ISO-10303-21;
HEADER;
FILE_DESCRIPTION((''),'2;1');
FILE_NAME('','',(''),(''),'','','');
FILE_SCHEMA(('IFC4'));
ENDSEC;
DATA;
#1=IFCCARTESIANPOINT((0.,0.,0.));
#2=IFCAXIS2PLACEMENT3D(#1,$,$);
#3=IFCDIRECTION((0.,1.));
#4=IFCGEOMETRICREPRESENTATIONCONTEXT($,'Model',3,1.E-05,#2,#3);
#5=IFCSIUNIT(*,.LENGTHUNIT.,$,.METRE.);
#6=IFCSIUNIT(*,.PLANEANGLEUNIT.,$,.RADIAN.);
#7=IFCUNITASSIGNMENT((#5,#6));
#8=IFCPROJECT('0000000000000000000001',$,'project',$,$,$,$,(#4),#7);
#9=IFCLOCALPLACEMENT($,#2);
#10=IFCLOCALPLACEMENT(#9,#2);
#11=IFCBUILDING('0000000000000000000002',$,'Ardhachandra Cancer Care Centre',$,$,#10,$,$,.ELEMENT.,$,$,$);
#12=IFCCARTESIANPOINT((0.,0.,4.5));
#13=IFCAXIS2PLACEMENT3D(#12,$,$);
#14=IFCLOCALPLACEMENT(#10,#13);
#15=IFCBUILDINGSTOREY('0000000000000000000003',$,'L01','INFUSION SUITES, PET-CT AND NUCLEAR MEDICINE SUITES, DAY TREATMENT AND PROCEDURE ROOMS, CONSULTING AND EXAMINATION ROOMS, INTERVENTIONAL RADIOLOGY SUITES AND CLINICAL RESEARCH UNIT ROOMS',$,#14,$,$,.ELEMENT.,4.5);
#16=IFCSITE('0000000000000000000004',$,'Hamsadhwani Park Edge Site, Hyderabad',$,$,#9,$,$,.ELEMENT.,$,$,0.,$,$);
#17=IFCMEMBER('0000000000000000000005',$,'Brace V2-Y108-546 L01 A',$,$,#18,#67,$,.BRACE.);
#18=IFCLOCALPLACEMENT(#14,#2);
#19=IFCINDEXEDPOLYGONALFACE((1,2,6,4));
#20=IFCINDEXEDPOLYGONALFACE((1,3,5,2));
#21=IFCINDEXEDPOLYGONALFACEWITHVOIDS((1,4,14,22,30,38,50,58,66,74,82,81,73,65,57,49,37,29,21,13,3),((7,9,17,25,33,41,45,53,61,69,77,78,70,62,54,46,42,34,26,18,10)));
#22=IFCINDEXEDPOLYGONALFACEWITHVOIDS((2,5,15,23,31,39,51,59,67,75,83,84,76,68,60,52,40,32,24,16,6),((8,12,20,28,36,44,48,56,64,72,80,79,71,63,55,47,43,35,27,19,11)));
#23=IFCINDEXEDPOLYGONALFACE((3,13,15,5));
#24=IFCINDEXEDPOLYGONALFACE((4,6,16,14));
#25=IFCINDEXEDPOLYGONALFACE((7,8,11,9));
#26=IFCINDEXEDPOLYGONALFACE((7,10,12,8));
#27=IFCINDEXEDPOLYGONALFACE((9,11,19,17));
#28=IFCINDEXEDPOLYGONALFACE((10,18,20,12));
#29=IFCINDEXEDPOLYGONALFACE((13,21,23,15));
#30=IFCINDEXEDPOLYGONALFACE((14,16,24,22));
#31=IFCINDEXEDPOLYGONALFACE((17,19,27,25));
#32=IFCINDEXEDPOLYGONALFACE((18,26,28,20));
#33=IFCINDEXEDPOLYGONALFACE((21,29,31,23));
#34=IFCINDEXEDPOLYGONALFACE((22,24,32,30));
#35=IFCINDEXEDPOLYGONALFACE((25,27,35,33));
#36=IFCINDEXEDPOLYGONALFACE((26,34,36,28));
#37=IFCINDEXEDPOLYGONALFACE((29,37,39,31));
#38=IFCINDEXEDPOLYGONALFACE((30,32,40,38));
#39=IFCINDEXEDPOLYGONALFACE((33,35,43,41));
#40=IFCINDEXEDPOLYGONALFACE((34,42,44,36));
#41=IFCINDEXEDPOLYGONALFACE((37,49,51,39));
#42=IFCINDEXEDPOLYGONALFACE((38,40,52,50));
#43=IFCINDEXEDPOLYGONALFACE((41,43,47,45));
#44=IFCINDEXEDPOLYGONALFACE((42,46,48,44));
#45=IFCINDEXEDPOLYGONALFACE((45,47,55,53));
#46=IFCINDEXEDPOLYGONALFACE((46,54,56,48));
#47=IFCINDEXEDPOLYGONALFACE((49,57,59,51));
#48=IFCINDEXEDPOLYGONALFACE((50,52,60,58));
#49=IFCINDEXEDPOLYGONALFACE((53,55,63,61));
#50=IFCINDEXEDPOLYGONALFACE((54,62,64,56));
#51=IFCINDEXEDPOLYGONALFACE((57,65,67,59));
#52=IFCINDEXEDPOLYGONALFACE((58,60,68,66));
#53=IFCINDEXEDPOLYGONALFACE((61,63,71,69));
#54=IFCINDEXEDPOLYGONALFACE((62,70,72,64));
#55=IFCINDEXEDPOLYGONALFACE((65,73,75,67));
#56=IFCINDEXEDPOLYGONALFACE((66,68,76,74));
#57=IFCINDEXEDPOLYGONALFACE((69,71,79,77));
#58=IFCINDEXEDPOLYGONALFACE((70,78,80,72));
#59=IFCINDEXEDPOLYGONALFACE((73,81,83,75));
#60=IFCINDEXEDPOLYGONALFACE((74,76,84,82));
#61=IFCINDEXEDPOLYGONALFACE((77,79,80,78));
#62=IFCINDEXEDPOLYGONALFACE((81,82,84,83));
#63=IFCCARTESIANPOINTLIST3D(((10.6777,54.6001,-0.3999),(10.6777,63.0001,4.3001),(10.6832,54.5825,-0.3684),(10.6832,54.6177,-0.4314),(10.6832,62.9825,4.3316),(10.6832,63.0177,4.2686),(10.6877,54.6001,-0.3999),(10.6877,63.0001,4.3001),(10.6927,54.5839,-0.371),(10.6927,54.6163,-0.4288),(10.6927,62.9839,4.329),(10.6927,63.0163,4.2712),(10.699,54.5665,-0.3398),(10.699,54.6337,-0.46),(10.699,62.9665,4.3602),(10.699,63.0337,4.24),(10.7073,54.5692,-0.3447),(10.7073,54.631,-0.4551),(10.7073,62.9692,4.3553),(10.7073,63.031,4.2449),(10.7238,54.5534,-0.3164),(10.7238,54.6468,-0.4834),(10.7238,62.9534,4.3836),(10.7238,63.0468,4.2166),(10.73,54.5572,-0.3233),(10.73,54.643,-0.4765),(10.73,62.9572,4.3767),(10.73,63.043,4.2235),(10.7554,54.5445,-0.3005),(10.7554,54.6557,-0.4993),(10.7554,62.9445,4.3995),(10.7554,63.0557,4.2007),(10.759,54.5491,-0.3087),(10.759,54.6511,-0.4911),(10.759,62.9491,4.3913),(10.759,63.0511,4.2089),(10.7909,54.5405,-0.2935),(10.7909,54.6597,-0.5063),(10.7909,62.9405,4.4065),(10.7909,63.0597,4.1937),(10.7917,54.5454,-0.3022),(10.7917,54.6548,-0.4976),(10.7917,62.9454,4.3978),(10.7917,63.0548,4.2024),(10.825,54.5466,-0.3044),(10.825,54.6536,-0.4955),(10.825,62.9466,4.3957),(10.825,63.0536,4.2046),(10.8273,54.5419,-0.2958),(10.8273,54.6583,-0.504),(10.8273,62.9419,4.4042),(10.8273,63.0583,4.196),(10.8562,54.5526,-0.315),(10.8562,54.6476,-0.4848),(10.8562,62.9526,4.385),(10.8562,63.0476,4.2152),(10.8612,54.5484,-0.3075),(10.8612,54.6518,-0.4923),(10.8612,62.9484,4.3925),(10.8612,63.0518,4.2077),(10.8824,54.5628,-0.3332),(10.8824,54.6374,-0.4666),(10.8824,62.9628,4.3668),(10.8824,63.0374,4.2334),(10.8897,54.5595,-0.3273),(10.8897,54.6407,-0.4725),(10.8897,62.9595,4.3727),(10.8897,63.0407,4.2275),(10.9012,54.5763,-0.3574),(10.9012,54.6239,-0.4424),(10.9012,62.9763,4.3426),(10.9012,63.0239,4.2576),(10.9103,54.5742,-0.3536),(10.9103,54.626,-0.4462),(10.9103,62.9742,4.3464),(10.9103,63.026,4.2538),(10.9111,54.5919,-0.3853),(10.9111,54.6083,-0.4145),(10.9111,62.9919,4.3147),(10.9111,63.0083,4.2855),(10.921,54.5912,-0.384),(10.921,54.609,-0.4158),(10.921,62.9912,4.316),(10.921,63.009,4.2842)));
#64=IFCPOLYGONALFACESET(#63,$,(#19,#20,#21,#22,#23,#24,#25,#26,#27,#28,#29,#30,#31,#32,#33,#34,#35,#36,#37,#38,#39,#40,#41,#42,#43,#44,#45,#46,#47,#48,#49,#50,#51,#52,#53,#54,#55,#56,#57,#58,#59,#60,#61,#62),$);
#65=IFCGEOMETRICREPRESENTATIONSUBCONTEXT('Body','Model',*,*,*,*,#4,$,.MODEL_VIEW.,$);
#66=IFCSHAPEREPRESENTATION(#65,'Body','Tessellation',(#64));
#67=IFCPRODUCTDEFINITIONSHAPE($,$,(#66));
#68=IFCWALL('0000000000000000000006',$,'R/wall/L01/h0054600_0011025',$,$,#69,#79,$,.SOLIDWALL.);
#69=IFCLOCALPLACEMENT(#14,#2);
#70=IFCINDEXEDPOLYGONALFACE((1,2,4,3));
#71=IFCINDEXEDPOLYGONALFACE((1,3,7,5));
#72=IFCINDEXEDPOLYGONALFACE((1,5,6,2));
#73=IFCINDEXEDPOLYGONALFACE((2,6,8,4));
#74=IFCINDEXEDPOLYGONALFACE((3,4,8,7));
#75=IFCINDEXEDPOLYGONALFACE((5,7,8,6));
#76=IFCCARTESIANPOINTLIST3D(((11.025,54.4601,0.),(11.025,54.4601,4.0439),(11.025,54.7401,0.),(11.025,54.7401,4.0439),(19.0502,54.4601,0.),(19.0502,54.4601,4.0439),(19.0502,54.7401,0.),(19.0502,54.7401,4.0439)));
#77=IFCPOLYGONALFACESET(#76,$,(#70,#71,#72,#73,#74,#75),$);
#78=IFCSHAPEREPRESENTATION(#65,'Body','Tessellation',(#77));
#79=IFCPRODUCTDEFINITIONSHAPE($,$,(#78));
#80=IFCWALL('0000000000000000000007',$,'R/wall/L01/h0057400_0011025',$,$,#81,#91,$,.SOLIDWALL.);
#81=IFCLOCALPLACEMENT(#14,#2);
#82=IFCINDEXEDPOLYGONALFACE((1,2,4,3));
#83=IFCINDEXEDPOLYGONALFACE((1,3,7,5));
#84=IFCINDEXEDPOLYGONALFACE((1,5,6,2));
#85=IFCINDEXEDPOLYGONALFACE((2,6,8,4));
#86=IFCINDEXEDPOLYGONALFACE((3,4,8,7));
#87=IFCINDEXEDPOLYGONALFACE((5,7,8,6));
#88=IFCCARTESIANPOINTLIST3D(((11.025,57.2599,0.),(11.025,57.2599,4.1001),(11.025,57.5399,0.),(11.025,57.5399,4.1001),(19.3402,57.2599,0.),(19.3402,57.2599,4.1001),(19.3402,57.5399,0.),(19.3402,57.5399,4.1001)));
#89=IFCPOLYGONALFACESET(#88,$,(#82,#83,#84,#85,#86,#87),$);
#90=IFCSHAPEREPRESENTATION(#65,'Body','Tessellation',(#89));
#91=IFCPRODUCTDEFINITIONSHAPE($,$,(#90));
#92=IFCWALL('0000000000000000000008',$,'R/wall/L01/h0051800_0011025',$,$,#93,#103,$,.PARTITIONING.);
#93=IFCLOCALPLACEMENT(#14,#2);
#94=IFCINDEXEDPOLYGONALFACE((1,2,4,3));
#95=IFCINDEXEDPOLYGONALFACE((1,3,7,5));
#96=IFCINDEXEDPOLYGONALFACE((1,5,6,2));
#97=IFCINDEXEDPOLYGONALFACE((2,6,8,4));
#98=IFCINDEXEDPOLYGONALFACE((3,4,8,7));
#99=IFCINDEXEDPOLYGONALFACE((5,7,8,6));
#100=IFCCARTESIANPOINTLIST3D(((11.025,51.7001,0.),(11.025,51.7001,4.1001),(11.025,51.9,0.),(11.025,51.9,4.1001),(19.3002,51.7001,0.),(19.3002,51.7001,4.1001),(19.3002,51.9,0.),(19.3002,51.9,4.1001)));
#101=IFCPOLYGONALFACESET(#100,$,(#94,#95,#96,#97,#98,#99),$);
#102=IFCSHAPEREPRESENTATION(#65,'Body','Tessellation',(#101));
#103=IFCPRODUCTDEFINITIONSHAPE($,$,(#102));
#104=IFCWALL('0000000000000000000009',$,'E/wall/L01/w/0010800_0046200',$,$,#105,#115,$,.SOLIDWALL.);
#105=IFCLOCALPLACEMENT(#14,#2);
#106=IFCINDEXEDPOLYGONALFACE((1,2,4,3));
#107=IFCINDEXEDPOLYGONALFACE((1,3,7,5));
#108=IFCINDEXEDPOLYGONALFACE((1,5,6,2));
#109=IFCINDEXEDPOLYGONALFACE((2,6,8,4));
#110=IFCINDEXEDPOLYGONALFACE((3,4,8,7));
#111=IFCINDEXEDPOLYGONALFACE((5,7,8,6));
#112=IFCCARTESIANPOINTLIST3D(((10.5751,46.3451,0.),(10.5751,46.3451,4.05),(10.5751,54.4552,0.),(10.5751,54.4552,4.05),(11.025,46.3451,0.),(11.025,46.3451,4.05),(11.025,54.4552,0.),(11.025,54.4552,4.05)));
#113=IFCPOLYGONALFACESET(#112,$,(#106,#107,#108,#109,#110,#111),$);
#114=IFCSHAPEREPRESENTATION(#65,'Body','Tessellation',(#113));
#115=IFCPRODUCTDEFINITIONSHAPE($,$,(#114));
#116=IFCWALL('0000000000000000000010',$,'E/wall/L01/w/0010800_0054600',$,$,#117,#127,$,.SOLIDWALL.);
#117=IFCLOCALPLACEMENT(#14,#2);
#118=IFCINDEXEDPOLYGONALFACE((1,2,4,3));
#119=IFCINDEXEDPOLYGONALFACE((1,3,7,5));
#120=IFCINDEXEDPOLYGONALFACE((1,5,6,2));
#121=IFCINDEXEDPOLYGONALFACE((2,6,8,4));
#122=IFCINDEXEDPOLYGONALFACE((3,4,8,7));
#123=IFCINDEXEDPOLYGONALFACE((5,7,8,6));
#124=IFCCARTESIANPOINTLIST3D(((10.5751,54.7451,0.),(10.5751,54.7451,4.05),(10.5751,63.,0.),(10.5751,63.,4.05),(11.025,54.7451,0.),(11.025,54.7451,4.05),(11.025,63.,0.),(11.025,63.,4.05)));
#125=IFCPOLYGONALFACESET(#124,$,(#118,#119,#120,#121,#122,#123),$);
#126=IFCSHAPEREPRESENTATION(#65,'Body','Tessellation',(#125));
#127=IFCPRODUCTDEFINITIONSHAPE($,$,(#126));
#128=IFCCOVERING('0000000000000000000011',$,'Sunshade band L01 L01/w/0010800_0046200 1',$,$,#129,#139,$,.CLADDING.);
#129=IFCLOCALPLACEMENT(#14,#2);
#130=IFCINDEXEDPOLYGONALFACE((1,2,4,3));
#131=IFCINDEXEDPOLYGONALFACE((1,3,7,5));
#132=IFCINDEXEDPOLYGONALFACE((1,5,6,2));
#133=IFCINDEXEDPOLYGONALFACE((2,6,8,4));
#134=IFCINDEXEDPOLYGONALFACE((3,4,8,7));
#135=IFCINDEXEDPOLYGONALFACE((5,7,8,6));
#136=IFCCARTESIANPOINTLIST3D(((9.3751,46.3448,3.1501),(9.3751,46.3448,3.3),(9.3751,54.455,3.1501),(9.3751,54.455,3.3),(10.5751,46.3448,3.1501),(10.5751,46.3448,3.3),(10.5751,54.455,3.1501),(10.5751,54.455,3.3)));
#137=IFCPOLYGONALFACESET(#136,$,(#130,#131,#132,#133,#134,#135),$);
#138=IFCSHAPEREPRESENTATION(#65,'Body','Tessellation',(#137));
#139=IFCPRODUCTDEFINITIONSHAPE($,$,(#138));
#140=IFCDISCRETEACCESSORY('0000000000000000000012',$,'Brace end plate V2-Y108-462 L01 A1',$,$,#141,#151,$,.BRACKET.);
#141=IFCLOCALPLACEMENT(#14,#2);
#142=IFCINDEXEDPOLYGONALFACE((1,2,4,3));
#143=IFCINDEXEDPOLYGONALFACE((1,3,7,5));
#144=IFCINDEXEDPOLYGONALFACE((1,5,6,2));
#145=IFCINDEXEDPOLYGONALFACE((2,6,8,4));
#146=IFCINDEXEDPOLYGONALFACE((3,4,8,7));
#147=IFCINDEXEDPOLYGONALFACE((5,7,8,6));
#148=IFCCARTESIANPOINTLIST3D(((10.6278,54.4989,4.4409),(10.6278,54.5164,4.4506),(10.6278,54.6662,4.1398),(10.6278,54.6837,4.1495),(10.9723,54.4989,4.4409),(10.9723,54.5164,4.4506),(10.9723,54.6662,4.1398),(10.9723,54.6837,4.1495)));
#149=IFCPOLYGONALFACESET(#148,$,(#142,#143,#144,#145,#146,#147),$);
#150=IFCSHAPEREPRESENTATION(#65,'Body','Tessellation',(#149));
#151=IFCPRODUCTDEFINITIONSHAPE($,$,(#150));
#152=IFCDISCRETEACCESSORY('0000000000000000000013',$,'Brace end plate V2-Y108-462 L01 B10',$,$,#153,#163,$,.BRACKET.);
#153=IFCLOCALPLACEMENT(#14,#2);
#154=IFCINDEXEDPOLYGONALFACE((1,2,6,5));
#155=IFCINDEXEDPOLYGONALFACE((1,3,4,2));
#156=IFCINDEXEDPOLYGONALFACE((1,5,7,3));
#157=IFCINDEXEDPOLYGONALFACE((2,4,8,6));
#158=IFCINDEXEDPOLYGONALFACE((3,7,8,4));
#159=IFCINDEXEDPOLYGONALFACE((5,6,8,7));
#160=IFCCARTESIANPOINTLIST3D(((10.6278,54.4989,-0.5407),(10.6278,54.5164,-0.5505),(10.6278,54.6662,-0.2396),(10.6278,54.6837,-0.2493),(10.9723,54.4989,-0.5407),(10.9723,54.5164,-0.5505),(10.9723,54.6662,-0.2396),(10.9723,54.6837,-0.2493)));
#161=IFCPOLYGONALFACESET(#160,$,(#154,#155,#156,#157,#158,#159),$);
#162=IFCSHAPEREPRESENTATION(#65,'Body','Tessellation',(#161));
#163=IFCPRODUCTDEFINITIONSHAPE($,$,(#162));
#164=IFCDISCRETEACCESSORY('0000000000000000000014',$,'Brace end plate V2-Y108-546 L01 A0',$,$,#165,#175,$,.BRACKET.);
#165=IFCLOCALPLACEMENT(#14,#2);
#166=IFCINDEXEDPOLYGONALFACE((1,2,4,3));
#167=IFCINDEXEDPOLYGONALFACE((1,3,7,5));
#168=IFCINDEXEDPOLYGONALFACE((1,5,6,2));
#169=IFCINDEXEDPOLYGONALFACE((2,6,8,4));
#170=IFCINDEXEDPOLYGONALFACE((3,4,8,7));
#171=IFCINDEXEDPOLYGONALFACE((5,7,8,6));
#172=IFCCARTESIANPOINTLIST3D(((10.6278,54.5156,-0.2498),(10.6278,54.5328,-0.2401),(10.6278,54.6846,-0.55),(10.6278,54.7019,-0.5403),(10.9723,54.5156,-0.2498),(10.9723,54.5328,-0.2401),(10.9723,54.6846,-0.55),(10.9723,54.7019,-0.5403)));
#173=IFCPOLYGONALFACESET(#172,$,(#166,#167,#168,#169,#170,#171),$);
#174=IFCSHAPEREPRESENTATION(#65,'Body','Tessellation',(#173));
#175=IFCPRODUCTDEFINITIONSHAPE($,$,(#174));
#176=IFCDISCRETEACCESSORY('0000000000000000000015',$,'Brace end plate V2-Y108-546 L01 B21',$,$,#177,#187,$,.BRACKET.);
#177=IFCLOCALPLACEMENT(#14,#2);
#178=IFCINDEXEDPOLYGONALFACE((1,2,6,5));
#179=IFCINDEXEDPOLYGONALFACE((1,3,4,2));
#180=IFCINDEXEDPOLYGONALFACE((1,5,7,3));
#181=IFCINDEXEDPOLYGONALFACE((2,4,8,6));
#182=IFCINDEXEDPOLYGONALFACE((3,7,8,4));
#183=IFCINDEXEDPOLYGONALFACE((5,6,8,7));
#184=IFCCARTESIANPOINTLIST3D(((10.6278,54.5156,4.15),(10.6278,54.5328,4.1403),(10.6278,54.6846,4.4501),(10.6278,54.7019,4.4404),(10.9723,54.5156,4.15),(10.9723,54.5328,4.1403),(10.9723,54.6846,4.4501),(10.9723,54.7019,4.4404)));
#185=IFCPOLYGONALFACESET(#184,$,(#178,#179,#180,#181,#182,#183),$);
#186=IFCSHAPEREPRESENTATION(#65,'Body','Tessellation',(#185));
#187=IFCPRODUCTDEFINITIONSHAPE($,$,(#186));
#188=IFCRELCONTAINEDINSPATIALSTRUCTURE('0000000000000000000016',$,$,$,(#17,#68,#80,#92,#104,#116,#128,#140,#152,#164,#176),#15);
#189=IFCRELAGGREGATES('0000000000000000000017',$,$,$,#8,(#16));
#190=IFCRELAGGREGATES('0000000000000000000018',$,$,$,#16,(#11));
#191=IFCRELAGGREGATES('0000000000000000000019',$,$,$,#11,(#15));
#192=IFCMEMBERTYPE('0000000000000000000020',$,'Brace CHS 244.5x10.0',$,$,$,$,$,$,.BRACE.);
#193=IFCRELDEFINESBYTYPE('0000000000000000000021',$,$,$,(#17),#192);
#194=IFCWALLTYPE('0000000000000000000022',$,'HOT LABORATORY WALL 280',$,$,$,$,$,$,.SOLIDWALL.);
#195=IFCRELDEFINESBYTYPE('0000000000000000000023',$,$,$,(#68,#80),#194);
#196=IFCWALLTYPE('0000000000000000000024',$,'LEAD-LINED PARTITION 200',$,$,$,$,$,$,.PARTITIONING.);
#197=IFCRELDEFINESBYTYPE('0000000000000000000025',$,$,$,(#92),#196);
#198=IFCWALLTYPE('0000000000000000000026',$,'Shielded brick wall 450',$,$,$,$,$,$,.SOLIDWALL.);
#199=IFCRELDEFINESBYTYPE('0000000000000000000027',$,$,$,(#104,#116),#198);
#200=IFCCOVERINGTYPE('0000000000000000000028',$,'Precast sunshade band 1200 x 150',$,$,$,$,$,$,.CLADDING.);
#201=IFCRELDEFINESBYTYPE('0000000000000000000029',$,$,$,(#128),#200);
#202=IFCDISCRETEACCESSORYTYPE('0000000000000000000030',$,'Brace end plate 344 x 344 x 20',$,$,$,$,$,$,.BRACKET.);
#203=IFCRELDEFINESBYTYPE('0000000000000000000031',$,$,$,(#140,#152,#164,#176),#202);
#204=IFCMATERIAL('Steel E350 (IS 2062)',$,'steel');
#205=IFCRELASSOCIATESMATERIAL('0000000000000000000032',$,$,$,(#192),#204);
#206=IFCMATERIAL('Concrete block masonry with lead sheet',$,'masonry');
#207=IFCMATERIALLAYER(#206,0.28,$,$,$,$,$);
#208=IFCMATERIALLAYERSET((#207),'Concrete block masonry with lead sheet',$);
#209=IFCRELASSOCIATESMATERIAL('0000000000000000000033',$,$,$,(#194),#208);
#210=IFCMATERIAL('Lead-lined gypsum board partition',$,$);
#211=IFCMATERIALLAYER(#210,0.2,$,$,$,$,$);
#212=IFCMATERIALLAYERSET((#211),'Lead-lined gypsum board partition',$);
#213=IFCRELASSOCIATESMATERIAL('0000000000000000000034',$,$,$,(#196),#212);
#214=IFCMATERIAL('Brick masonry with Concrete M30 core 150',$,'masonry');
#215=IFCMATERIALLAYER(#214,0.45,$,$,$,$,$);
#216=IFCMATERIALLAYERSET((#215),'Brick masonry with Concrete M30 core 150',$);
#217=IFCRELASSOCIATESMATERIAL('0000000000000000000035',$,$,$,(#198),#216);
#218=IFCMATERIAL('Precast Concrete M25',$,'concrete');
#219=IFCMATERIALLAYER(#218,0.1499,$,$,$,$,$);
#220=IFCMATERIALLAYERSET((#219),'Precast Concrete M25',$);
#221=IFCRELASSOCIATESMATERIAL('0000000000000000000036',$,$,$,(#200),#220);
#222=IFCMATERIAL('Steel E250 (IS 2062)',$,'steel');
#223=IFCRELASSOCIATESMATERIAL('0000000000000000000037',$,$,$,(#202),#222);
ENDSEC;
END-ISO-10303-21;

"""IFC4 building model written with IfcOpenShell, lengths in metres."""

from ifc_helpers import new_model, si_unit, direction, frame, frame_2d, origin, origin_2d, place, context, subcontext, project, spatial, rectangle, hollow_circle, extrude, material, layer, layer_set, material_profile, profile_set, type_object, element, save


model = new_model("IFC4")

# Units and contexts
model_context = context("Model", 3, precision=1e-05, world=origin(), true_north=direction((0.0, 1.0)))
body_context = subcontext(model_context, "Body", "Model", "MODEL_VIEW")
ifc_project = project(units=[si_unit("LENGTHUNIT", "METRE"), si_unit("PLANEANGLEUNIT", "RADIAN")], contexts=[model_context])

# Site, building, storey
site_placement = place(None, origin())
site = spatial("IfcSite", under=ifc_project, at=site_placement, Name="Hamsadhwani Park Edge Site, Hyderabad", CompositionType="ELEMENT", RefElevation=0.0)
building_placement = place(site_placement, origin())
building = spatial("IfcBuilding", under=site, at=building_placement, Name="Ardhachandra Cancer Care Centre", CompositionType="ELEMENT")
storey_placement = place(building_placement, frame((0.0, 0.0, 4.5)))
storey = spatial("IfcBuildingStorey", under=building, at=storey_placement, Name="L01", Description="INFUSION SUITES, PET-CT AND NUCLEAR MEDICINE SUITES, DAY TREATMENT AND PROCEDURE ROOMS, CONSULTING AND EXAMINATION ROOMS, INTERVENTIONAL RADIOLOGY SUITES AND CLINICAL RESEARCH UNIT ROOMS", CompositionType="ELEMENT", Elevation=4.5)

# Member
ifc_material_1 = material(Name="Steel E350 (IS 2062)", Category="steel")
ifc_material_profile_1 = material_profile(ifc_material_1, hollow_circle(Radius=0.1223, WallThickness=0.01, at=origin_2d()), Name="CHS 244.5x10.0")
ifc_profile_set_1 = profile_set([ifc_material_profile_1], Name="Steel E350 (IS 2062)")
member_type = type_object("IfcMemberType", Name="Brace CHS 244.5x10.0", PredefinedType="BRACE", material=ifc_profile_set_1)
member_placement = place(storey_placement, frame((10.8, 54.6001, -0.3999), z_axis=(0.0, 0.872683, 0.488287), x_axis=(-1.0, 0.0, 0.0)))
element("IfcMember", 1, at=member_placement, inside=storey, type_object=member_type, Name="Brace V2-Y108-546 L01 A", PredefinedType="BRACE", context=body_context, shape_type="SweptSolid", body=[
    extrude(hollow_circle(Radius=0.1223, WallThickness=0.01, at=origin_2d()), origin(), (0.0, 0.0, 1.0), 9.6255),
])

# Walls
ifc_material_2 = material(Name="Concrete block masonry with lead sheet", Category="masonry")
ifc_layer_1 = layer(ifc_material_2, 0.28)
ifc_layer_set_1 = layer_set([ifc_layer_1], Name="Concrete block masonry with lead sheet")
wall_type_1 = type_object("IfcWallType", Name="HOT LABORATORY WALL 280", PredefinedType="SOLIDWALL", material=ifc_layer_set_1)
wall_1_placement = place(storey_placement, frame((11.0249, 54.6001, 0.0), z_axis=(0.0, 0.0, 1.0), x_axis=(1.0, 0.0, 0.0)))
element("IfcWall", 2, at=wall_1_placement, inside=storey, type_object=wall_type_1, Name="R/wall/L01/h0054600_0011025", PredefinedType="SOLIDWALL", context=body_context, shape_type="SweptSolid", body=[
    extrude(rectangle(XDim=8.0251, YDim=0.28, at=frame_2d((4.0127, 0.0))), origin(), (0.0, 0.0, 1.0), 4.0439),
])
wall_2_placement = place(storey_placement, frame((11.0249, 57.3999, 0.0), z_axis=(0.0, 0.0, 1.0), x_axis=(1.0, 0.0, 0.0)))
element("IfcWall", 3, at=wall_2_placement, inside=storey, type_object=wall_type_1, Name="R/wall/L01/h0057400_0011025", PredefinedType="SOLIDWALL", context=body_context, shape_type="SweptSolid", body=[
    extrude(rectangle(XDim=8.3152, YDim=0.28, at=frame_2d((4.1577, 0.0))), origin(), (0.0, 0.0, 1.0), 4.1001),
])
ifc_material_3 = material(Name="Lead-lined gypsum board partition")
ifc_layer_2 = layer(ifc_material_3, 0.2)
ifc_layer_set_2 = layer_set([ifc_layer_2], Name="Lead-lined gypsum board partition")
wall_type_2 = type_object("IfcWallType", Name="LEAD-LINED PARTITION 200", PredefinedType="PARTITIONING", material=ifc_layer_set_2)
wall_3_placement = place(storey_placement, frame((11.0249, 51.8, 0.0), z_axis=(0.0, 0.0, 1.0), x_axis=(1.0, 0.0, 0.0)))
element("IfcWall", 4, at=wall_3_placement, inside=storey, type_object=wall_type_2, Name="R/wall/L01/h0051800_0011025", PredefinedType="PARTITIONING", context=body_context, shape_type="SweptSolid", body=[
    extrude(rectangle(XDim=8.2751, YDim=0.2, at=frame_2d((4.1377, 0.0))), origin(), (0.0, 0.0, 1.0), 4.1001),
])
ifc_material_4 = material(Name="Brick masonry with Concrete M30 core 150", Category="masonry")
ifc_layer_3 = layer(ifc_material_4, 0.45)
ifc_layer_set_3 = layer_set([ifc_layer_3], Name="Brick masonry with Concrete M30 core 150")
wall_type_3 = type_object("IfcWallType", Name="Shielded brick wall 450", PredefinedType="SOLIDWALL", material=ifc_layer_set_3)
wall_4_placement = place(storey_placement, frame((10.8, 46.345, 0.0), z_axis=(0.0, 0.0, 1.0), x_axis=(0.0, 1.0, 0.0)))
element("IfcWall", 5, at=wall_4_placement, inside=storey, type_object=wall_type_3, Name="E/wall/L01/w/0010800_0046200", PredefinedType="SOLIDWALL", context=body_context, shape_type="SweptSolid", body=[
    extrude(rectangle(XDim=8.1101, YDim=0.45, at=frame_2d((4.0552, 0.0))), origin(), (0.0, 0.0, 1.0), 4.05),
])
wall_5_placement = place(storey_placement, frame((10.8, 54.7451, 0.0), z_axis=(0.0, 0.0, 1.0), x_axis=(0.0, 1.0, 0.0)))
element("IfcWall", 6, at=wall_5_placement, inside=storey, type_object=wall_type_3, Name="E/wall/L01/w/0010800_0054600", PredefinedType="SOLIDWALL", context=body_context, shape_type="SweptSolid", body=[
    extrude(rectangle(XDim=8.2549, YDim=0.45, at=frame_2d((4.1274, 0.0))), origin(), (0.0, 0.0, 1.0), 4.05),
])

# Covering
ifc_material_5 = material(Name="Precast Concrete M25", Category="concrete")
ifc_layer_4 = layer(ifc_material_5, 0.1499)
ifc_layer_set_4 = layer_set([ifc_layer_4], Name="Precast Concrete M25")
covering_type = type_object("IfcCoveringType", Name="Precast sunshade band 1200 x 150", PredefinedType="CLADDING", material=ifc_layer_set_4)
covering_placement = place(storey_placement, frame((9.9751, 50.3999, 3.1501), z_axis=(0.0, 0.0, 1.0), x_axis=(0.0, 1.0, 0.0)))
element("IfcCovering", 7, at=covering_placement, inside=storey, type_object=covering_type, Name="Sunshade band L01 L01/w/0010800_0046200 1", PredefinedType="CLADDING", context=body_context, shape_type="SweptSolid", body=[
    extrude(rectangle(XDim=8.1101, YDim=1.2, at=origin_2d()), origin(), (0.0, 0.0, 1.0), 0.1499),
])

# Discrete accessories
ifc_material_6 = material(Name="Steel E250 (IS 2062)", Category="steel")
ifc_material_profile_2 = material_profile(ifc_material_6, rectangle(XDim=0.3445, YDim=0.3445, at=origin_2d()), Name="PL 344x344x20")
ifc_profile_set_2 = profile_set([ifc_material_profile_2], Name="Steel E250 (IS 2062)")
discrete_accessory_type_1 = type_object("IfcDiscreteAccessoryType", Name="Brace end plate 344 x 344 x 20", PredefinedType="BRACKET", material=ifc_profile_set_2)
for number, where, z_axis, x_axis, name in (
    (8, (10.8, 54.6001, 4.3), (0.0, -0.874157, -0.485643), (1.0, 0.0, 0.0), "Brace end plate V2-Y108-462 L01 A1"),
    (9, (10.8, 54.6001, -0.3999), (0.0, -0.874157, 0.485643), (1.0, 0.0, 0.0), "Brace end plate V2-Y108-462 L01 B10"),
):
    element("IfcDiscreteAccessory", number, at=place(storey_placement, frame(where, z_axis=z_axis, x_axis=x_axis)), inside=storey, type_object=discrete_accessory_type_1, Name=name, PredefinedType="BRACKET", context=body_context, shape_type="SweptSolid", body=[
        extrude(rectangle(XDim=0.3445, YDim=0.3445, at=origin_2d()), origin(), (0.0, 0.0, 1.0), 0.02),
    ])
for number, where, z_axis, x_axis, name in (
    (10, (10.8, 54.6001, -0.3999), (0.0, 0.871248, 0.490844), (-1.0, 0.0, 0.0), "Brace end plate V2-Y108-546 L01 A0"),
    (11, (10.8, 54.6001, 4.3), (0.0, 0.871248, -0.490844), (-1.0, 0.0, 0.0), "Brace end plate V2-Y108-546 L01 B21"),
):
    element("IfcDiscreteAccessory", number, at=place(storey_placement, frame(where, z_axis=z_axis, x_axis=x_axis)), inside=storey, type_object=discrete_accessory_type_1, Name=name, PredefinedType="BRACKET", context=body_context, shape_type="SweptSolid", body=[
        extrude(rectangle(XDim=0.3445, YDim=0.3445, at=origin_2d()), origin(), (0.0, 0.0, 1.0), 0.0198),
    ])

save(model, "model.ifc")
